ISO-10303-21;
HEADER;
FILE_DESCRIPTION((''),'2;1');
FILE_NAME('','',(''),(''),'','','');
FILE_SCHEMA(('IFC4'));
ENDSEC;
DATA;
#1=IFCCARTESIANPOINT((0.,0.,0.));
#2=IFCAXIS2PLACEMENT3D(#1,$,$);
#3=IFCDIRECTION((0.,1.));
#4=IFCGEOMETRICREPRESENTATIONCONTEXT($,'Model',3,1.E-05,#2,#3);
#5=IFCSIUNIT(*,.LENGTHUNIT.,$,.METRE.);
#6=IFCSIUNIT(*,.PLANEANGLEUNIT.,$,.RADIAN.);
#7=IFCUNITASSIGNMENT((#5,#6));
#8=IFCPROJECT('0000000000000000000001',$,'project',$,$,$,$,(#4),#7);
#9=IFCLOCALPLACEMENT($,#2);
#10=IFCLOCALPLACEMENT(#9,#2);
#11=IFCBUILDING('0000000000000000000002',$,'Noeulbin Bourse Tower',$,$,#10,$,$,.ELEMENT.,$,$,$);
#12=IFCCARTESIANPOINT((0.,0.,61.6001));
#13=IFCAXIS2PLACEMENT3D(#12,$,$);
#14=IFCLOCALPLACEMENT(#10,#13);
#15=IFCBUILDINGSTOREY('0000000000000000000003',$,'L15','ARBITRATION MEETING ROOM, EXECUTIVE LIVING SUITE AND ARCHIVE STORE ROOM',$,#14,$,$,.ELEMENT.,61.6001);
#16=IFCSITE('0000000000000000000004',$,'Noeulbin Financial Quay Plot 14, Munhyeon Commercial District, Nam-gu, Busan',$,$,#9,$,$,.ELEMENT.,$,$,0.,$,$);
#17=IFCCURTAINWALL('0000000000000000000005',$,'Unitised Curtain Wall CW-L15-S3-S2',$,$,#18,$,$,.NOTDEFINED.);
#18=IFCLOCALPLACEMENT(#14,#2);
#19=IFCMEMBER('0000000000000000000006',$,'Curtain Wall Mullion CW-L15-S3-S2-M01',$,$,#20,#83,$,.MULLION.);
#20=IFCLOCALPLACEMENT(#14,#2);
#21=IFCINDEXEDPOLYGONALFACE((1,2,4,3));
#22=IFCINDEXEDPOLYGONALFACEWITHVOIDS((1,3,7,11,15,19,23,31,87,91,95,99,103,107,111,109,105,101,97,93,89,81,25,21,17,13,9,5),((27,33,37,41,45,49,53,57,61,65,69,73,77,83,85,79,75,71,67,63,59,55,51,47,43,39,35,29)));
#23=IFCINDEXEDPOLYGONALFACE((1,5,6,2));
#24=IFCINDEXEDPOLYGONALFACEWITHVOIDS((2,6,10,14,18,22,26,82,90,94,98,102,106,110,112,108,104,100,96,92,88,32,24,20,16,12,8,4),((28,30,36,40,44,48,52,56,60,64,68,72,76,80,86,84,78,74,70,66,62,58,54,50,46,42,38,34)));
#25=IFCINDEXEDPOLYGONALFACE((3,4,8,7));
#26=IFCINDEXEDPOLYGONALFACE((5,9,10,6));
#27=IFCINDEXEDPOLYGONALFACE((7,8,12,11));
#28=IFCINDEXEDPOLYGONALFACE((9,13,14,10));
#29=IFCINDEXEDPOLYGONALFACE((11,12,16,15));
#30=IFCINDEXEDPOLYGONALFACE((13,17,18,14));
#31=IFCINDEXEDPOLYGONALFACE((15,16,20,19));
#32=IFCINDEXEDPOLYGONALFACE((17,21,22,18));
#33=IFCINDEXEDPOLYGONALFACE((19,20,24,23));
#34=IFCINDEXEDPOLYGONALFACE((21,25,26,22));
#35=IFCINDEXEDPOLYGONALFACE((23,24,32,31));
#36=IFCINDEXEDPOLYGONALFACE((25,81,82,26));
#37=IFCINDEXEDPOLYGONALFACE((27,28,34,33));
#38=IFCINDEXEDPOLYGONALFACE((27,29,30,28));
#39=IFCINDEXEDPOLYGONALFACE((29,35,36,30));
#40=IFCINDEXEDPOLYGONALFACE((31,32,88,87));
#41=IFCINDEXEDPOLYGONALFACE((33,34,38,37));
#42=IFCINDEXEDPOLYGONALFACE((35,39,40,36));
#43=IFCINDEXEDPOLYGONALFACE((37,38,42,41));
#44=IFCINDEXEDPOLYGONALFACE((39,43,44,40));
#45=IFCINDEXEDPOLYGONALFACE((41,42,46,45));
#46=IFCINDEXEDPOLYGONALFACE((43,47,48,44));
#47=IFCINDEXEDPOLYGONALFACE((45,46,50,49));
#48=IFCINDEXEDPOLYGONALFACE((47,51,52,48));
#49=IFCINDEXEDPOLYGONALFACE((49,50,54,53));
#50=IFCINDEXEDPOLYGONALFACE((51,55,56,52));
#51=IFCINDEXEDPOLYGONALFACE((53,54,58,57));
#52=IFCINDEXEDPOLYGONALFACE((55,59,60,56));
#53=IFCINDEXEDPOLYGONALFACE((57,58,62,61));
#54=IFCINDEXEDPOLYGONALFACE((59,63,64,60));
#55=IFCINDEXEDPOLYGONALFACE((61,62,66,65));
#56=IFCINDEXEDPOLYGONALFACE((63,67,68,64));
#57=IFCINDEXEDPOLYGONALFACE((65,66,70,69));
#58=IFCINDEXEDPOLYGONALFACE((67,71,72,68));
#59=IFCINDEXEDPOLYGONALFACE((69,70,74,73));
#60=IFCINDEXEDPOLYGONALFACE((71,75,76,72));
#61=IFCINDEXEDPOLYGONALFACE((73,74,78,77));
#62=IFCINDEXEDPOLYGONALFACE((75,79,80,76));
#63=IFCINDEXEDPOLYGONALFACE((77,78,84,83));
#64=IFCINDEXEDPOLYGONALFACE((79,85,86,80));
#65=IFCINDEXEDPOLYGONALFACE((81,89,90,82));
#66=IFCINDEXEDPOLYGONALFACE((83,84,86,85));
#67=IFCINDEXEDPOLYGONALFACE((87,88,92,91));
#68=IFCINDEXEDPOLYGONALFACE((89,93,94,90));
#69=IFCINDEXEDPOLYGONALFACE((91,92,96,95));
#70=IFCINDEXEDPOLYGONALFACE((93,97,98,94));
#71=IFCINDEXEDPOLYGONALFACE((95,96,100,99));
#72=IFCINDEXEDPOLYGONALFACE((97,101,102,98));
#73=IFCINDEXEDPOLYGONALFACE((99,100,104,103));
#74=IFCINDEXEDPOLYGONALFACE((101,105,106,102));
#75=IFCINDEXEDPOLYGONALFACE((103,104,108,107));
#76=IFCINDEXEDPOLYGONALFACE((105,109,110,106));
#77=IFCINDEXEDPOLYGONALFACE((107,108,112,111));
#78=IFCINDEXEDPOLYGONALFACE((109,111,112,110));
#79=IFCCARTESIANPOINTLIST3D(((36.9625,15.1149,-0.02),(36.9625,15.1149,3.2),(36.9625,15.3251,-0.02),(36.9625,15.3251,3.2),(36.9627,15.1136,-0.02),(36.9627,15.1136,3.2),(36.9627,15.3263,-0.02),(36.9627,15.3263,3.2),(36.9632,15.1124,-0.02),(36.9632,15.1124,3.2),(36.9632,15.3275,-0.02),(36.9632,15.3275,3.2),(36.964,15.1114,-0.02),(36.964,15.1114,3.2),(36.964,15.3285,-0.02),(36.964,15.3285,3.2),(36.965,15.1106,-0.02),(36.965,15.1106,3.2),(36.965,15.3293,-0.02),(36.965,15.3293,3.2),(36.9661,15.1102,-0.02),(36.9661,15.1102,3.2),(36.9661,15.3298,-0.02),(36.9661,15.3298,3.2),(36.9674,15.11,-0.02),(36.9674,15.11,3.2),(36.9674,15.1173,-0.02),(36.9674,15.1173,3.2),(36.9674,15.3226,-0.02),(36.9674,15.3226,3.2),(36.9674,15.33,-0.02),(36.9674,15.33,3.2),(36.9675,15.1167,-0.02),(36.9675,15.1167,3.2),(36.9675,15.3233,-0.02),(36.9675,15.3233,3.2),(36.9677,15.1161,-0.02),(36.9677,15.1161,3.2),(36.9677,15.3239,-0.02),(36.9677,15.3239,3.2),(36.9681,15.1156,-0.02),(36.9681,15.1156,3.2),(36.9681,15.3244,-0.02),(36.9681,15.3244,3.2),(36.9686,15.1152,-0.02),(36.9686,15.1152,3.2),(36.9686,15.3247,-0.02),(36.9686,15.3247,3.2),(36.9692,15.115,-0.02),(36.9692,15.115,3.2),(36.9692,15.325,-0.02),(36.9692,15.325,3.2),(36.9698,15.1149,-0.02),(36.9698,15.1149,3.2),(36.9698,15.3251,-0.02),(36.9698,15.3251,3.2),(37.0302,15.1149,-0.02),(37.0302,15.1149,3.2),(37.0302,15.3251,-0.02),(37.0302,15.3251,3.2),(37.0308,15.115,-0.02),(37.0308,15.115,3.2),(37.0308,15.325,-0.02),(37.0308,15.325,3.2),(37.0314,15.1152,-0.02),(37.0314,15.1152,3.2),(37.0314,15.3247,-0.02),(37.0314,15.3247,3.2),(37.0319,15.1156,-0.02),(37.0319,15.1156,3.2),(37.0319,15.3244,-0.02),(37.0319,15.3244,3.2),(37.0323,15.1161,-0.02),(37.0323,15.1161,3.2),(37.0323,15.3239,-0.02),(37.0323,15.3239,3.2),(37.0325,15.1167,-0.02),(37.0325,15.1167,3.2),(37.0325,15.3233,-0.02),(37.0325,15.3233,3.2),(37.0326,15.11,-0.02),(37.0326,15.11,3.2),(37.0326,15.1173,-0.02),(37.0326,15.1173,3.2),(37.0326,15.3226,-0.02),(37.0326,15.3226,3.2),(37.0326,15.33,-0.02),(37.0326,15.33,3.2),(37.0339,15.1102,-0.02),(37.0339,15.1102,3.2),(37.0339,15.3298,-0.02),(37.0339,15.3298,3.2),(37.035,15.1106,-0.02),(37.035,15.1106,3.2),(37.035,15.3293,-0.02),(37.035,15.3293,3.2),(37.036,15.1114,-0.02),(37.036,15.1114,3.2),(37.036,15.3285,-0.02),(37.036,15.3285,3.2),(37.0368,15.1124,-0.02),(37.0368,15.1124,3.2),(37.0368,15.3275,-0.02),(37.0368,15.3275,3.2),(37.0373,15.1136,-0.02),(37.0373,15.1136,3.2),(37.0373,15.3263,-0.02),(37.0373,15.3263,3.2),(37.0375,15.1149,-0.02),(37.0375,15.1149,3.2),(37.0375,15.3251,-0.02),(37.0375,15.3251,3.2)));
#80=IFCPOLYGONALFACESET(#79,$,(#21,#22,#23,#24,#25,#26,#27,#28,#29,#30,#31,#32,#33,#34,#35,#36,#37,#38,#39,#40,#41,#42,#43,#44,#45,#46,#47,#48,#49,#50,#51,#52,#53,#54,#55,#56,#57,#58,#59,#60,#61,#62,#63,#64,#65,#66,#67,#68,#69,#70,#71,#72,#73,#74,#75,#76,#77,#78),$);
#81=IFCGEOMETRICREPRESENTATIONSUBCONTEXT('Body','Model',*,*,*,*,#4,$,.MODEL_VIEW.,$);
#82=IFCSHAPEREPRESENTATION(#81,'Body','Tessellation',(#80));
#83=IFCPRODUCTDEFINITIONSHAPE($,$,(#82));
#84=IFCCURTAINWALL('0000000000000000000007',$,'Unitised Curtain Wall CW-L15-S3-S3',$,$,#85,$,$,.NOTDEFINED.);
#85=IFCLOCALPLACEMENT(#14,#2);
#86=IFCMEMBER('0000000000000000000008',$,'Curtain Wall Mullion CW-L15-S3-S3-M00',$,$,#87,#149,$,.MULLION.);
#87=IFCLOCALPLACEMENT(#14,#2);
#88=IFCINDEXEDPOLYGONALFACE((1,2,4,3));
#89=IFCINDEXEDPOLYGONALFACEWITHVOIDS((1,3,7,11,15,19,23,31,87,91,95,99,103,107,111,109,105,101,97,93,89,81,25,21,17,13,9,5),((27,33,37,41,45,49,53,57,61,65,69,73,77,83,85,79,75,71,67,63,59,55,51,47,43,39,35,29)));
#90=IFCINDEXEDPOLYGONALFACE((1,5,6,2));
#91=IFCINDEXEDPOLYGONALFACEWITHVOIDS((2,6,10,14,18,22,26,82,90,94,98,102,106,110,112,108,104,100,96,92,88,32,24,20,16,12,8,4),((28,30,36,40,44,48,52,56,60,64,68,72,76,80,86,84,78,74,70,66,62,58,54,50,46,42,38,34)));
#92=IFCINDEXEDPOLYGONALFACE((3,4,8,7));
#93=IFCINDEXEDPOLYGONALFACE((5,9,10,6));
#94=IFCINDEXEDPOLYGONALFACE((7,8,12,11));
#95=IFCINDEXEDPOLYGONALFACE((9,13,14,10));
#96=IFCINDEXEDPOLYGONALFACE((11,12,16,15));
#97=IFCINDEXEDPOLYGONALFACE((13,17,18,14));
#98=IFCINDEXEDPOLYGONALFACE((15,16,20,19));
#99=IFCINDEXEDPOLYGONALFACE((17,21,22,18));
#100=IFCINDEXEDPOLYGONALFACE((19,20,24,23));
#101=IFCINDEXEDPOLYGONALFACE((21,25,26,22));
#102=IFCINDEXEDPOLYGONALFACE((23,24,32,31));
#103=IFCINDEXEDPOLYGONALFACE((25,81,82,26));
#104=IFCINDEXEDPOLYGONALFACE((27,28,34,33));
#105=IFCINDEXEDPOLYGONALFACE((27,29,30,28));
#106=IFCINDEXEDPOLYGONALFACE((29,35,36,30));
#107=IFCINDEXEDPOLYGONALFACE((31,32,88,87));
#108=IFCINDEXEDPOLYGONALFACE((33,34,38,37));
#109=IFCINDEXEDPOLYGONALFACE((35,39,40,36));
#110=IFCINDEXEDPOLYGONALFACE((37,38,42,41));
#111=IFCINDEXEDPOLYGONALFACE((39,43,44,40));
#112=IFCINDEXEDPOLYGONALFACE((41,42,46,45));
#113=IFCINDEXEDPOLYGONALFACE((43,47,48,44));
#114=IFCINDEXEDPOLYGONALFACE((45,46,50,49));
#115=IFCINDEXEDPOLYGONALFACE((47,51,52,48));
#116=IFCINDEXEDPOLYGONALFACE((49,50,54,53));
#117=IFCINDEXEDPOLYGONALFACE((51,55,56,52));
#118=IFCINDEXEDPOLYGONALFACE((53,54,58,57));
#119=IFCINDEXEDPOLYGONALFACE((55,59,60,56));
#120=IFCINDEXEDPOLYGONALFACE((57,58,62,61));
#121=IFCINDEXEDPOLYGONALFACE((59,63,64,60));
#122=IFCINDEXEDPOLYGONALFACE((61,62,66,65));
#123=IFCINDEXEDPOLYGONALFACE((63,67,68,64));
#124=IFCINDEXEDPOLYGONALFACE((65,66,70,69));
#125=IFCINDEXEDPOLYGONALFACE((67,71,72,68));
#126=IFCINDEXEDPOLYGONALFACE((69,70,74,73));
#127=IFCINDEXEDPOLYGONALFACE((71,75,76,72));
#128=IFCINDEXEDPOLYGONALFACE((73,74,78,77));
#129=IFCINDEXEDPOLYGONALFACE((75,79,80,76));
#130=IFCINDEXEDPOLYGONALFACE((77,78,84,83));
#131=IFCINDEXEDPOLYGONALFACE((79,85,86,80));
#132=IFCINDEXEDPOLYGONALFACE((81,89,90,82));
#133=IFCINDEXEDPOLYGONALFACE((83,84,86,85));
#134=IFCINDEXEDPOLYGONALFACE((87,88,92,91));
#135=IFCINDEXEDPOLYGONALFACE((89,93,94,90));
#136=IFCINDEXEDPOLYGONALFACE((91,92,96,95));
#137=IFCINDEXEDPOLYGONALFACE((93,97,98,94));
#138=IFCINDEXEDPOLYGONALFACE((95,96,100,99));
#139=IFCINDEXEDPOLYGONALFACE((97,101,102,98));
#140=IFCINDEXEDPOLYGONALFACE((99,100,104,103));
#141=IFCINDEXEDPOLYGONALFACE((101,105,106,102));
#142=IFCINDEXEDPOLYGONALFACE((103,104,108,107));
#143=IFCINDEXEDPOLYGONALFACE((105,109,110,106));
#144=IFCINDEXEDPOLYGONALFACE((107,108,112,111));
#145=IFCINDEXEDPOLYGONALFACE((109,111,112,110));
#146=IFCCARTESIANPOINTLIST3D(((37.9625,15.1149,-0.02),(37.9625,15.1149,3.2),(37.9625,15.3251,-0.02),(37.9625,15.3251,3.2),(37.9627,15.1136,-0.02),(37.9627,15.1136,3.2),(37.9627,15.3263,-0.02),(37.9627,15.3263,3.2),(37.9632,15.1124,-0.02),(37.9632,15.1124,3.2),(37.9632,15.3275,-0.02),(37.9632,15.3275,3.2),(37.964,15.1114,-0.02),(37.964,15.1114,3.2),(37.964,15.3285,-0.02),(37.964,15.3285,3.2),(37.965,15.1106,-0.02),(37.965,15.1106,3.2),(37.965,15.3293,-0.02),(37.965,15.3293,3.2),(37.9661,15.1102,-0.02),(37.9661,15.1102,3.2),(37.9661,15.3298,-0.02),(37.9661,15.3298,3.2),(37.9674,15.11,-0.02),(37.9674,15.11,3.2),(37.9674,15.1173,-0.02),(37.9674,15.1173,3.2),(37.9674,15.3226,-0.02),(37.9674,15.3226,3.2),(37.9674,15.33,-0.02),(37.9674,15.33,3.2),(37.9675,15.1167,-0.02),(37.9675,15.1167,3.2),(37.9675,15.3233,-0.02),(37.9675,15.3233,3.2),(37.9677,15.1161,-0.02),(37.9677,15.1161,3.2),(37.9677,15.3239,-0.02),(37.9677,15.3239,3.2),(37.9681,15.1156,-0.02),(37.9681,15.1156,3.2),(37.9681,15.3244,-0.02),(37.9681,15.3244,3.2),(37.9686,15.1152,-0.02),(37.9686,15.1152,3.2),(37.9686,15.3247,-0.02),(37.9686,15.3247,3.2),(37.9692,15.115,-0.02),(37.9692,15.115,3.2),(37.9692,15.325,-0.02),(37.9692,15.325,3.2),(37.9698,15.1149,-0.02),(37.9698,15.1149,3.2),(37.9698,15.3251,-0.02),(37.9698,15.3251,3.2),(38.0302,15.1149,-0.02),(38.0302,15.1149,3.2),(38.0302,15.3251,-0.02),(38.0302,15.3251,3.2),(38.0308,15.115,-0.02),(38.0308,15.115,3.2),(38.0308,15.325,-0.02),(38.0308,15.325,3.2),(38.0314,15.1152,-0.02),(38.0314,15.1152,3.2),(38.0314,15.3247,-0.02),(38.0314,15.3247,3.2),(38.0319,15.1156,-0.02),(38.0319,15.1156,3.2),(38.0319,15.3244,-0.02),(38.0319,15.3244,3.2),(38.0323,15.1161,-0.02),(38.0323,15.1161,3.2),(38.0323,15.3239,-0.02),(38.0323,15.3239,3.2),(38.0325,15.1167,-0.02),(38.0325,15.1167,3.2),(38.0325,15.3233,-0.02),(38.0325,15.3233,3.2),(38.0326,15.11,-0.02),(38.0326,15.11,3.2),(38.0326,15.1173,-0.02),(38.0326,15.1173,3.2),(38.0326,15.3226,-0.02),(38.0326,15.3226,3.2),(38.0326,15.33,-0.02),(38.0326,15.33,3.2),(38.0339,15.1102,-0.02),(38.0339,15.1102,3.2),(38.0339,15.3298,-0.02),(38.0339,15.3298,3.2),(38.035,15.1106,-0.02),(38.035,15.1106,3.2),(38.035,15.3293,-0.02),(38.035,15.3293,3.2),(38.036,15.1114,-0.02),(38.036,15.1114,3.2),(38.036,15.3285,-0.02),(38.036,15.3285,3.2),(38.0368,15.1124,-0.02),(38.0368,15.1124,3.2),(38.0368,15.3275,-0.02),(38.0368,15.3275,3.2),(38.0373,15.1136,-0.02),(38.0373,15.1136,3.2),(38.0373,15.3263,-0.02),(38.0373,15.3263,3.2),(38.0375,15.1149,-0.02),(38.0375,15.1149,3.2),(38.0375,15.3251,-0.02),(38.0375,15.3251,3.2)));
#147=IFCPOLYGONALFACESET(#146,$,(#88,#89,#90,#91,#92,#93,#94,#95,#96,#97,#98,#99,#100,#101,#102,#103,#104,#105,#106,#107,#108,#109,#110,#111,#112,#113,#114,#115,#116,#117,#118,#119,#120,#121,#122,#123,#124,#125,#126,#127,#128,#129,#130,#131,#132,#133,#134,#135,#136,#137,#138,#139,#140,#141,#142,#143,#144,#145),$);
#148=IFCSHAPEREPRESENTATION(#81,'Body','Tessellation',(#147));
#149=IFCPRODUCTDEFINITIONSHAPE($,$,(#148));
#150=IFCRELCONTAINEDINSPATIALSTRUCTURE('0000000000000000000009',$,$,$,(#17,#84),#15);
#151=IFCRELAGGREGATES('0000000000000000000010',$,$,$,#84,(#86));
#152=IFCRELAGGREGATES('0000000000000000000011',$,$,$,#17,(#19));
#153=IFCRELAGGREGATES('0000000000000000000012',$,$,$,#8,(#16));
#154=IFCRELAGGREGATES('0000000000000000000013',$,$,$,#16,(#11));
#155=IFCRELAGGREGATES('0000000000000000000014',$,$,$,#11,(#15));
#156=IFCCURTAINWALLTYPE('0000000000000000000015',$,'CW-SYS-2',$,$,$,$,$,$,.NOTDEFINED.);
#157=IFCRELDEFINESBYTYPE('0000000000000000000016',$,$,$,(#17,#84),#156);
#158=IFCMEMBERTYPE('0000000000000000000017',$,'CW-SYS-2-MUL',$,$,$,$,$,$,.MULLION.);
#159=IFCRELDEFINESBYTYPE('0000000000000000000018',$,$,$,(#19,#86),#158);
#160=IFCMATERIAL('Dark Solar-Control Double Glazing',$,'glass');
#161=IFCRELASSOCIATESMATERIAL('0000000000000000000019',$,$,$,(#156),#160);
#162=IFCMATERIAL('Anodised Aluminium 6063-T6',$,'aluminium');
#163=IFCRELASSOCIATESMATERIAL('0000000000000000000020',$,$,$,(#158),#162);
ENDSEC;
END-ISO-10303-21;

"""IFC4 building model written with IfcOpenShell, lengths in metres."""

from ifc_helpers import new_model, si_unit, direction, frame, origin, origin_2d, place, context, subcontext, project, spatial, hollow_rectangle, extrude, material, material_profile, profile_set, type_object, element, aggregate, save


model = new_model("IFC4")

# Units and contexts
model_context = context("Model", 3, precision=1e-05, world=origin(), true_north=direction((0.0, 1.0)))
body_context = subcontext(model_context, "Body", "Model", "MODEL_VIEW")
ifc_project = project(units=[si_unit("LENGTHUNIT", "METRE"), si_unit("PLANEANGLEUNIT", "RADIAN")], contexts=[model_context])

# Site, building, storey
site_placement = place(None, origin())
site = spatial("IfcSite", under=ifc_project, at=site_placement, Name="Noeulbin Financial Quay Plot 14, Munhyeon Commercial District, Nam-gu, Busan", CompositionType="ELEMENT", RefElevation=0.0)
building_placement = place(site_placement, origin())
building = spatial("IfcBuilding", under=site, at=building_placement, Name="Noeulbin Bourse Tower", CompositionType="ELEMENT")
storey_placement = place(building_placement, frame((0.0, 0.0, 61.6001)))
storey = spatial("IfcBuildingStorey", under=building, at=storey_placement, Name="L15", Description="ARBITRATION MEETING ROOM, EXECUTIVE LIVING SUITE AND ARCHIVE STORE ROOM", CompositionType="ELEMENT", Elevation=61.6001)

# Curtain wall, member
ifc_material_1 = material(Name="Dark Solar-Control Double Glazing", Category="glass")
curtain_wall_type = type_object("IfcCurtainWallType", Name="CW-SYS-2", PredefinedType="NOTDEFINED", material=ifc_material_1)
ifc_material_2 = material(Name="Anodised Aluminium 6063-T6", Category="aluminium")
ifc_material_profile_1 = material_profile(ifc_material_2, hollow_rectangle(XDim=0.075, YDim=0.22, WallThickness=0.0049, InnerFilletRadius=0.0024, OuterFilletRadius=0.0049, at=origin_2d()), Name="ALU-MULL-75x220x5", Category="LoadBearing")
ifc_profile_set_1 = profile_set([ifc_material_profile_1], Name="Anodised Aluminium 6063-T6")
member_type_1 = type_object("IfcMemberType", Name="CW-SYS-2-MUL", PredefinedType="MULLION", material=ifc_profile_set_1)
curtain_wall_1_placement = place(storey_placement, origin())
curtain_wall_1 = element("IfcCurtainWall", 1, at=curtain_wall_1_placement, inside=storey, type_object=curtain_wall_type, Name="Unitised Curtain Wall CW-L15-S3-S2", PredefinedType="NOTDEFINED")
member_1_placement = place(storey_placement, frame((37.0, 15.22, -0.02), z_axis=(0.0, 0.0, 1.0), x_axis=(1.0, 0.0, 0.0)))
member_1 = element("IfcMember", 2, at=member_1_placement, type_object=member_type_1, Name="Curtain Wall Mullion CW-L15-S3-S2-M01", PredefinedType="MULLION", context=body_context, shape_type="SweptSolid", body=[
    extrude(hollow_rectangle(XDim=0.075, YDim=0.22, WallThickness=0.0049, InnerFilletRadius=0.0024, OuterFilletRadius=0.0049, at=origin_2d()), origin(), (0.0, 0.0, 1.0), 3.22),
])

# Curtain wall, member
curtain_wall_2_placement = place(storey_placement, origin())
curtain_wall_2 = element("IfcCurtainWall", 3, at=curtain_wall_2_placement, inside=storey, type_object=curtain_wall_type, Name="Unitised Curtain Wall CW-L15-S3-S3", PredefinedType="NOTDEFINED")
member_2_placement = place(storey_placement, frame((38.0, 15.22, -0.02), z_axis=(0.0, 0.0, 1.0), x_axis=(1.0, 0.0, 0.0)))
member_2 = element("IfcMember", 4, at=member_2_placement, type_object=member_type_1, Name="Curtain Wall Mullion CW-L15-S3-S3-M00", PredefinedType="MULLION", context=body_context, shape_type="SweptSolid", body=[
    extrude(hollow_rectangle(XDim=0.075, YDim=0.22, WallThickness=0.0049, InnerFilletRadius=0.0024, OuterFilletRadius=0.0049, at=origin_2d()), origin(), (0.0, 0.0, 1.0), 3.22),
])

aggregate(curtain_wall_2, [member_2])

aggregate(curtain_wall_1, [member_1])

save(model, "model.ifc")
